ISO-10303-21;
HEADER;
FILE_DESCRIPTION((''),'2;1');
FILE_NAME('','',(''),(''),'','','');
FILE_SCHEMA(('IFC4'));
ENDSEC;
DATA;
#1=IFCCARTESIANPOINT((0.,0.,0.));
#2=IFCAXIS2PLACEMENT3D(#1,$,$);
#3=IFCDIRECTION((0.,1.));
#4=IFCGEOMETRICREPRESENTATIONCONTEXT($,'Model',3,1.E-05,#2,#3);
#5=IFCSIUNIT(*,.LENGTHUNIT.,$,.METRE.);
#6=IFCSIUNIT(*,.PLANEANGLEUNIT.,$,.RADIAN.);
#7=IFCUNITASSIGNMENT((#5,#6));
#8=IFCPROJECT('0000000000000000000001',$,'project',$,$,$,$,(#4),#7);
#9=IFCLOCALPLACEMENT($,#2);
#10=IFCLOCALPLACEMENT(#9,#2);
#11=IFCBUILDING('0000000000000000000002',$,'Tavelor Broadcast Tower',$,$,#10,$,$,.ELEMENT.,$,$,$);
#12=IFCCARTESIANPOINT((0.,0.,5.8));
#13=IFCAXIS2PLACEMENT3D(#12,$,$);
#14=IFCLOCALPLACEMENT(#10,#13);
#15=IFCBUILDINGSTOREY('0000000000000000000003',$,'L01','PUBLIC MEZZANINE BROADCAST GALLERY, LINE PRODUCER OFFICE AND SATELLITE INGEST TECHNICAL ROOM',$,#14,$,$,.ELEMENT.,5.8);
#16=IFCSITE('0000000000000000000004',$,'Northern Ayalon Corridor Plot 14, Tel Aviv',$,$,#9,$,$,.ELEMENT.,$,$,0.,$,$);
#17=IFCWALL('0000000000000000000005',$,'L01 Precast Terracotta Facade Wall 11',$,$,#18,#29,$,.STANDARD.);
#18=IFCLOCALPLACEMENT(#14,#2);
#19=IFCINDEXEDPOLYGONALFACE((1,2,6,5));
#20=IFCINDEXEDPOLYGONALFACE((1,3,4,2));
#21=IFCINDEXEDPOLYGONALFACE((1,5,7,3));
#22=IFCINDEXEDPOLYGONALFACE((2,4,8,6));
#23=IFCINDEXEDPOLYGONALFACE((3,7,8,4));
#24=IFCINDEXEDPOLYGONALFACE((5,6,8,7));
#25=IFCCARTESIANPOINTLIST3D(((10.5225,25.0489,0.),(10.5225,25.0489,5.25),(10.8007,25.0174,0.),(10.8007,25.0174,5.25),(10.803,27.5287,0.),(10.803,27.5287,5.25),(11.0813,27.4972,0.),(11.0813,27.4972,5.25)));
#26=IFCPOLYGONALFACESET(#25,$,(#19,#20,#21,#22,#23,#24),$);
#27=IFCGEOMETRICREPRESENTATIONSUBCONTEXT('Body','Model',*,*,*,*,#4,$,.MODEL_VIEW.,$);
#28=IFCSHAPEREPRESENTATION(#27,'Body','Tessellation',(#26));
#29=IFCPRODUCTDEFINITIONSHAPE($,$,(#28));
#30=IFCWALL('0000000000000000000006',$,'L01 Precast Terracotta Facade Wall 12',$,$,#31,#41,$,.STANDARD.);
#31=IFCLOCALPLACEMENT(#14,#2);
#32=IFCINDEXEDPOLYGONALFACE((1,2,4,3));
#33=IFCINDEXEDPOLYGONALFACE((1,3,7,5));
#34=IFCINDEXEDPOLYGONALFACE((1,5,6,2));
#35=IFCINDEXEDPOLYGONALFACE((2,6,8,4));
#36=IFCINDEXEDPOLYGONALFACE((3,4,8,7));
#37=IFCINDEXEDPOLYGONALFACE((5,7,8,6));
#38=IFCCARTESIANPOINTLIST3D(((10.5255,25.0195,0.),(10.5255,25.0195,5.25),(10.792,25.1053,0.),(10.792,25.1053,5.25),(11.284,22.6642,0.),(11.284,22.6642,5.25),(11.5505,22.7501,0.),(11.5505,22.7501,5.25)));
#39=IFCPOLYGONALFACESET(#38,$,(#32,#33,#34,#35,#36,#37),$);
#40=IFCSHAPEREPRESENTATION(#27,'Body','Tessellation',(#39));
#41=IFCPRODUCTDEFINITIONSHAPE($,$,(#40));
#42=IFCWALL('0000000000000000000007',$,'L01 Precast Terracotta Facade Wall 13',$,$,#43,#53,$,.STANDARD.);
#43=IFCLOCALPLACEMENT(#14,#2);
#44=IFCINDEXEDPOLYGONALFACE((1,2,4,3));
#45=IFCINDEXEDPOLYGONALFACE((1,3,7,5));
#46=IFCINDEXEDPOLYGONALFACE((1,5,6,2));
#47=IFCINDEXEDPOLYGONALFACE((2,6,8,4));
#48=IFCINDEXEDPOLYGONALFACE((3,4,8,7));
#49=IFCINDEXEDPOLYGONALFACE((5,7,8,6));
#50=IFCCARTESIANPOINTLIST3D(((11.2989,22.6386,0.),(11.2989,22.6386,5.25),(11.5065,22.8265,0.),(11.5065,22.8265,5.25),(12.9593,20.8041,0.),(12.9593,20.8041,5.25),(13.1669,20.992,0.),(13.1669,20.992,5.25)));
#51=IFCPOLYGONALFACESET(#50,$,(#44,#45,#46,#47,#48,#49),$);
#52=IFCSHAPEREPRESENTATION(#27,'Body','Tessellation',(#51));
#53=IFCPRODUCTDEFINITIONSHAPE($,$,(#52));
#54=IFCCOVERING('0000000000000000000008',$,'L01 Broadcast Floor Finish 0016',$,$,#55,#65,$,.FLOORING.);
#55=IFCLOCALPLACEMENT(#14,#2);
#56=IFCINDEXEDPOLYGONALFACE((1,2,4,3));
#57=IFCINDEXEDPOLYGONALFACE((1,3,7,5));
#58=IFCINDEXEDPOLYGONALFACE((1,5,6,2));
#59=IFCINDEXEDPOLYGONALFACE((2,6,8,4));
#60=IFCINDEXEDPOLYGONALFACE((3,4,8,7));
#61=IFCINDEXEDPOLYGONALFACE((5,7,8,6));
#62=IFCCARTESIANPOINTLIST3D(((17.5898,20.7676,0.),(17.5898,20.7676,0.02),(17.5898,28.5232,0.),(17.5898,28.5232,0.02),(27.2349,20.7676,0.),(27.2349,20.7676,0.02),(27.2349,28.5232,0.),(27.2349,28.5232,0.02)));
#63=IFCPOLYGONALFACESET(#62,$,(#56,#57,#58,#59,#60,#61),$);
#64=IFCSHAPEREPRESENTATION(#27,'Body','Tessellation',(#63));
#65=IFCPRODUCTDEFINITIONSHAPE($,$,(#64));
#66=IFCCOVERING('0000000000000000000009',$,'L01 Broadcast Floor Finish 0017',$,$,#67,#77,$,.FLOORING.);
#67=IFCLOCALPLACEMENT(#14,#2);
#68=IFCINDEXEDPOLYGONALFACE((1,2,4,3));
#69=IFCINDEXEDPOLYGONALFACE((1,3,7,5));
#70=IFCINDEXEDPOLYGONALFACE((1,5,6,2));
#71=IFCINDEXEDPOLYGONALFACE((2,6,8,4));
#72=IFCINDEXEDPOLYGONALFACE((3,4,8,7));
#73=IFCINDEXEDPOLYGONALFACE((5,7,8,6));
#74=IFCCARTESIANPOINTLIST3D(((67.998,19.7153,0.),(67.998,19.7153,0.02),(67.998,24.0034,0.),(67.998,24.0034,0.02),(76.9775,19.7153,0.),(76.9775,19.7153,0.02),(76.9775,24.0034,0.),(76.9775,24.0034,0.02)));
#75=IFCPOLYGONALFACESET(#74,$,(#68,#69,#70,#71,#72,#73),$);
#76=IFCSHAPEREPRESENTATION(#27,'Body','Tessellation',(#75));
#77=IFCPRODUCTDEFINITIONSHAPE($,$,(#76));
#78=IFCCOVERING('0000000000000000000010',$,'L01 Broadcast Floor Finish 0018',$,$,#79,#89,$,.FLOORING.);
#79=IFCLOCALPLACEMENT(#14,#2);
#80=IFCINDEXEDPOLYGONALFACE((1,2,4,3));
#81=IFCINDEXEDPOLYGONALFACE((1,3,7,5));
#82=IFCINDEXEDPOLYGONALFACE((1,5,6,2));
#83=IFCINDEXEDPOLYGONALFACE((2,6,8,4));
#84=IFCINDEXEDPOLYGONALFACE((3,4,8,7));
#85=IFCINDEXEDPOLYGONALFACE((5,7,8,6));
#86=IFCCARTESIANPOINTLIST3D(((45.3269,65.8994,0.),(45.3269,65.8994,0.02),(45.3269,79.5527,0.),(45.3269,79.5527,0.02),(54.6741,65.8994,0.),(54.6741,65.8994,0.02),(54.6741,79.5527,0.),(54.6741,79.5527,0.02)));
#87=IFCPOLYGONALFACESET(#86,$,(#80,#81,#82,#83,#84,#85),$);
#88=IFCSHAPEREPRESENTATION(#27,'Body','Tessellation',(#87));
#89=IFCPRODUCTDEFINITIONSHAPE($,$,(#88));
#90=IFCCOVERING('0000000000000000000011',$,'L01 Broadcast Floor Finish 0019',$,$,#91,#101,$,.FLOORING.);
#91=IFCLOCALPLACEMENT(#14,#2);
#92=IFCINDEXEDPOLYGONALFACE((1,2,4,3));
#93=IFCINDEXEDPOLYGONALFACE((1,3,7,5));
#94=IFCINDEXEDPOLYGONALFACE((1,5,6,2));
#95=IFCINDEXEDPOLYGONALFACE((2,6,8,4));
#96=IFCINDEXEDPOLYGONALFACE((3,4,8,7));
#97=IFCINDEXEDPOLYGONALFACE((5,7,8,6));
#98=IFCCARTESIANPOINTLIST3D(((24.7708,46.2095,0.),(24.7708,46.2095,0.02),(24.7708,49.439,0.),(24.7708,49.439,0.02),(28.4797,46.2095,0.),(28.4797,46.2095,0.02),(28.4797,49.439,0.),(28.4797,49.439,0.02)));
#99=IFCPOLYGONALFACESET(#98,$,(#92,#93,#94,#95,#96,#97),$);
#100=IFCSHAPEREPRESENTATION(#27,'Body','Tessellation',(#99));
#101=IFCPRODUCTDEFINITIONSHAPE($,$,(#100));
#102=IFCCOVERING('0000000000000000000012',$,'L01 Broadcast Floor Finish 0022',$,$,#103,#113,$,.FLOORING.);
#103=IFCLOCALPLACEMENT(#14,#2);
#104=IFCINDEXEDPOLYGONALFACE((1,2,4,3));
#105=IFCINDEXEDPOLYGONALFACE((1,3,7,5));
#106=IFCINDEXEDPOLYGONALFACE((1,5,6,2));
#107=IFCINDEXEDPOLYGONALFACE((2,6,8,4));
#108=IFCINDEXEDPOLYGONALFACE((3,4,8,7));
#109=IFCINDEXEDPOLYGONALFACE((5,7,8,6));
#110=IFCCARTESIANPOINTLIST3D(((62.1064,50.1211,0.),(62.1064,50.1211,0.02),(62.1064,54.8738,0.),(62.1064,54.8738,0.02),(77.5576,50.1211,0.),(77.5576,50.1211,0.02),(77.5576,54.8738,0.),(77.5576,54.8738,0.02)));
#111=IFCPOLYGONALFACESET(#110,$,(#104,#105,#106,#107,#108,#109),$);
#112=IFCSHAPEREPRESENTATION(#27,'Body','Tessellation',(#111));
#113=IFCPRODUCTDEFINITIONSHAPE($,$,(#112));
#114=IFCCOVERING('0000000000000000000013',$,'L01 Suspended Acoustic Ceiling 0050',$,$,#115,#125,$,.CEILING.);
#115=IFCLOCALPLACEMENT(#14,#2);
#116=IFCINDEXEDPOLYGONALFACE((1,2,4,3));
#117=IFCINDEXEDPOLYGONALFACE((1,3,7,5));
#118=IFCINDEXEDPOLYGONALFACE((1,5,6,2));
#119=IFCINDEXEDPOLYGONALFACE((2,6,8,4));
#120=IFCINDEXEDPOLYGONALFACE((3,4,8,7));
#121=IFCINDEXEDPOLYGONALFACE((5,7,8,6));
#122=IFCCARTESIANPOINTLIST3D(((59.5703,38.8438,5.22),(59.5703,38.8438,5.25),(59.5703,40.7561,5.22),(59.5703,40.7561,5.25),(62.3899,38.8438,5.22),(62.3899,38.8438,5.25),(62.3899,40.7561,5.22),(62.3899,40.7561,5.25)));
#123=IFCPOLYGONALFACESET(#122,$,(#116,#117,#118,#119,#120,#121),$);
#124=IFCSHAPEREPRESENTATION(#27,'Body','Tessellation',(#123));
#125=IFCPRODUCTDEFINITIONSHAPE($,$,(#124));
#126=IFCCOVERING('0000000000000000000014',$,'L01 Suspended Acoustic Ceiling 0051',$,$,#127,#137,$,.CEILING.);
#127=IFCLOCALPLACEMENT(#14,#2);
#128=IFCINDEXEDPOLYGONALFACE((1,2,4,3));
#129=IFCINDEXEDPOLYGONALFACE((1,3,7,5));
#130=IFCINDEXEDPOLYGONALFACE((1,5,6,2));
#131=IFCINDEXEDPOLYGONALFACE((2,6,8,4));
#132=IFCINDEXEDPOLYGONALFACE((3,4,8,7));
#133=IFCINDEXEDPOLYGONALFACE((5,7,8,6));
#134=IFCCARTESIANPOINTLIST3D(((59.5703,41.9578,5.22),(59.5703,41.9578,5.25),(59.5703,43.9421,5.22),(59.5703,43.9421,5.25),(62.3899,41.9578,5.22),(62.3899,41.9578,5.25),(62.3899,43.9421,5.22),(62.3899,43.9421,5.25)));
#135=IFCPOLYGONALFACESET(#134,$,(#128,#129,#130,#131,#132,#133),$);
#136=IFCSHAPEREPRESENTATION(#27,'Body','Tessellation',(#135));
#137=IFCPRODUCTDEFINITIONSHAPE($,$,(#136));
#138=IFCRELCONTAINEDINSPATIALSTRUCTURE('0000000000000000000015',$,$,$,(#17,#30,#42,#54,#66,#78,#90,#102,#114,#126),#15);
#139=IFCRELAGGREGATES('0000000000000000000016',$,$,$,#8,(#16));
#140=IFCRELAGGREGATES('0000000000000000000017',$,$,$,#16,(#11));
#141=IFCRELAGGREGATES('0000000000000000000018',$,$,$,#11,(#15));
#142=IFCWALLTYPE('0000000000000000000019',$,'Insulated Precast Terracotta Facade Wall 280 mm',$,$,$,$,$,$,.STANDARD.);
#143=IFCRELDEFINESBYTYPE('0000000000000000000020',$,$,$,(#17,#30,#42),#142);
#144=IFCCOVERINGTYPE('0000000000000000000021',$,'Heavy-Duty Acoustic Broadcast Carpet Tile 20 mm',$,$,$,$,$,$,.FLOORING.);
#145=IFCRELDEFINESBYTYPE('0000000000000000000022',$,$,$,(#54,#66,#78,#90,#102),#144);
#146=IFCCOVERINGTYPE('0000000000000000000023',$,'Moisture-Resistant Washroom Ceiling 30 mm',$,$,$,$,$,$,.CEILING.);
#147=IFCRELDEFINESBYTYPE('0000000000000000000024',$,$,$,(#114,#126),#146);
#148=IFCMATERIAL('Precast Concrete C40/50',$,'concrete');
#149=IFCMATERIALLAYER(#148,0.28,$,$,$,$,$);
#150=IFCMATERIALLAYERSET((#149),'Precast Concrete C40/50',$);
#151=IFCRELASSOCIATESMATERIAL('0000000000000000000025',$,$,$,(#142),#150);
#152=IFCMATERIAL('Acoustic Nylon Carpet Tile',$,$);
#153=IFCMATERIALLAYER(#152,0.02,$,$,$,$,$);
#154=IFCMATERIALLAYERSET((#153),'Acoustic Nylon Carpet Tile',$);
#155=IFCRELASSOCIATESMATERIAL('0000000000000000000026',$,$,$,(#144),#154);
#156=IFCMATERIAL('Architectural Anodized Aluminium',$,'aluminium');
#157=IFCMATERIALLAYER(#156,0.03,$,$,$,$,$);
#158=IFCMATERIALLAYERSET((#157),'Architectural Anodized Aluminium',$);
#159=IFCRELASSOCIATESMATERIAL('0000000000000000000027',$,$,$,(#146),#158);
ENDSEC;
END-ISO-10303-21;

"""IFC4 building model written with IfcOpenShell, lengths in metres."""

from ifc_helpers import new_model, si_unit, direction, frame, frame_2d, origin, place, context, subcontext, project, spatial, polyline, rectangle, outline, extrude, material, layer, layer_set, type_object, element, save


model = new_model("IFC4")

# Units and contexts
model_context = context("Model", 3, precision=1e-05, world=origin(), true_north=direction((0.0, 1.0)))
body_context = subcontext(model_context, "Body", "Model", "MODEL_VIEW")
ifc_project = project(units=[si_unit("LENGTHUNIT", "METRE"), si_unit("PLANEANGLEUNIT", "RADIAN")], contexts=[model_context])

# Site, building, storey
site_placement = place(None, origin())
site = spatial("IfcSite", under=ifc_project, at=site_placement, Name="Northern Ayalon Corridor Plot 14, Tel Aviv", CompositionType="ELEMENT", RefElevation=0.0)
building_placement = place(site_placement, origin())
building = spatial("IfcBuilding", under=site, at=building_placement, Name="Tavelor Broadcast Tower", CompositionType="ELEMENT")
storey_placement = place(building_placement, frame((0.0, 0.0, 5.8)))
storey = spatial("IfcBuildingStorey", under=building, at=storey_placement, Name="L01", Description="PUBLIC MEZZANINE BROADCAST GALLERY, LINE PRODUCER OFFICE AND SATELLITE INGEST TECHNICAL ROOM", CompositionType="ELEMENT", Elevation=5.8)

# Walls
ifc_material_1 = material(Name="Precast Concrete C40/50", Category="concrete")
ifc_layer_1 = layer(ifc_material_1, 0.28)
ifc_layer_set_1 = layer_set([ifc_layer_1], Name="Precast Concrete C40/50")
wall_type = type_object("IfcWallType", Name="Insulated Precast Terracotta Facade Wall 280 mm", PredefinedType="STANDARD", material=ifc_layer_set_1)
wall_placement = place(storey_placement, frame((10.9421, 27.5129, 0.0), z_axis=(0.0, 0.0, 1.0), x_axis=(-0.112407, -0.993662, 0.0)))
element("IfcWall", 1, at=wall_placement, inside=storey, type_object=wall_type, Name="L01 Precast Terracotta Facade Wall 11", PredefinedType="STANDARD", context=body_context, shape_type="SweptSolid", body=[
    extrude(rectangle(XDim=2.4956, YDim=0.28, at=frame_2d((1.2478, 0.0))), origin(), (0.0, 0.0, 1.0), 5.25),
])
for number, where, z_axis, x_axis, name in (
    (2, (10.6587, 25.0625, 0.0), (0.0, 0.0, 1.0), (0.306562, -0.951851, 0.0), "L01 Precast Terracotta Facade Wall 12"),
    (3, (11.4026, 22.7327, 0.0), (0.0, 0.0, 1.0), (0.671055, -0.741407, 0.0), "L01 Precast Terracotta Facade Wall 13"),
):
    element("IfcWall", number, at=place(storey_placement, frame(where, z_axis=z_axis, x_axis=x_axis)), inside=storey, type_object=wall_type, Name=name, PredefinedType="STANDARD", context=body_context, shape_type="SweptSolid", body=[
        extrude(rectangle(XDim=2.4744, YDim=0.28, at=frame_2d((1.2373, 0.0))), origin(), (0.0, 0.0, 1.0), 5.25),
    ])

# Coverings
ifc_material_2 = material(Name="Acoustic Nylon Carpet Tile")
ifc_layer_2 = layer(ifc_material_2, 0.02)
ifc_layer_set_2 = layer_set([ifc_layer_2], Name="Acoustic Nylon Carpet Tile")
covering_type_1 = type_object("IfcCoveringType", Name="Heavy-Duty Acoustic Broadcast Carpet Tile 20 mm", PredefinedType="FLOORING", material=ifc_layer_set_2)
covering_1_placement = place(storey_placement, origin())
element("IfcCovering", 4, at=covering_1_placement, inside=storey, type_object=covering_type_1, Name="L01 Broadcast Floor Finish 0016", PredefinedType="FLOORING", context=body_context, shape_type="SweptSolid", body=[
    extrude(outline(polyline([(17.5898, 20.7676), (27.2349, 20.7676), (27.2349, 28.5232), (17.5898, 28.5232), (17.5898, 20.7676)])), origin(), (0.0, 0.0, 1.0), 0.02),
])
covering_2_placement = place(storey_placement, origin())
element("IfcCovering", 5, at=covering_2_placement, inside=storey, type_object=covering_type_1, Name="L01 Broadcast Floor Finish 0017", PredefinedType="FLOORING", context=body_context, shape_type="SweptSolid", body=[
    extrude(outline(polyline([(67.998, 19.7153), (76.9775, 19.7153), (76.9775, 24.0034), (67.998, 24.0034), (67.998, 19.7153)])), origin(), (0.0, 0.0, 1.0), 0.02),
])
covering_3_placement = place(storey_placement, origin())
element("IfcCovering", 6, at=covering_3_placement, inside=storey, type_object=covering_type_1, Name="L01 Broadcast Floor Finish 0018", PredefinedType="FLOORING", context=body_context, shape_type="SweptSolid", body=[
    extrude(outline(polyline([(45.3269, 65.8994), (54.6741, 65.8994), (54.6741, 79.5527), (45.3269, 79.5527), (45.3269, 65.8994)])), origin(), (0.0, 0.0, 1.0), 0.02),
])
covering_4_placement = place(storey_placement, origin())
element("IfcCovering", 7, at=covering_4_placement, inside=storey, type_object=covering_type_1, Name="L01 Broadcast Floor Finish 0019", PredefinedType="FLOORING", context=body_context, shape_type="SweptSolid", body=[
    extrude(outline(polyline([(24.7708, 46.2095), (28.4797, 46.2095), (28.4797, 49.439), (24.7708, 49.439), (24.7708, 46.2095)])), origin(), (0.0, 0.0, 1.0), 0.02),
])
covering_5_placement = place(storey_placement, origin())
element("IfcCovering", 8, at=covering_5_placement, inside=storey, type_object=covering_type_1, Name="L01 Broadcast Floor Finish 0022", PredefinedType="FLOORING", context=body_context, shape_type="SweptSolid", body=[
    extrude(outline(polyline([(62.1064, 50.1211), (77.5576, 50.1211), (77.5576, 54.8738), (62.1064, 54.8738), (62.1064, 50.1211)])), origin(), (0.0, 0.0, 1.0), 0.02),
])
ifc_material_3 = material(Name="Architectural Anodized Aluminium", Category="aluminium")
ifc_layer_3 = layer(ifc_material_3, 0.03)
ifc_layer_set_3 = layer_set([ifc_layer_3], Name="Architectural Anodized Aluminium")
covering_type_2 = type_object("IfcCoveringType", Name="Moisture-Resistant Washroom Ceiling 30 mm", PredefinedType="CEILING", material=ifc_layer_set_3)
covering_6_placement = place(storey_placement, frame((0.0, 0.0, 5.22)))
element("IfcCovering", 9, at=covering_6_placement, inside=storey, type_object=covering_type_2, Name="L01 Suspended Acoustic Ceiling 0050", PredefinedType="CEILING", context=body_context, shape_type="SweptSolid", body=[
    extrude(outline(polyline([(59.5703, 38.8438), (62.3899, 38.8438), (62.3899, 40.7561), (59.5703, 40.7561), (59.5703, 38.8438)])), origin(), (0.0, 0.0, 1.0), 0.03),
])
covering_7_placement = place(storey_placement, frame((0.0, 0.0, 5.22)))
element("IfcCovering", 10, at=covering_7_placement, inside=storey, type_object=covering_type_2, Name="L01 Suspended Acoustic Ceiling 0051", PredefinedType="CEILING", context=body_context, shape_type="SweptSolid", body=[
    extrude(outline(polyline([(59.5703, 41.9578), (62.3899, 41.9578), (62.3899, 43.9421), (59.5703, 43.9421), (59.5703, 41.9578)])), origin(), (0.0, 0.0, 1.0), 0.03),
])

save(model, "model.ifc")
